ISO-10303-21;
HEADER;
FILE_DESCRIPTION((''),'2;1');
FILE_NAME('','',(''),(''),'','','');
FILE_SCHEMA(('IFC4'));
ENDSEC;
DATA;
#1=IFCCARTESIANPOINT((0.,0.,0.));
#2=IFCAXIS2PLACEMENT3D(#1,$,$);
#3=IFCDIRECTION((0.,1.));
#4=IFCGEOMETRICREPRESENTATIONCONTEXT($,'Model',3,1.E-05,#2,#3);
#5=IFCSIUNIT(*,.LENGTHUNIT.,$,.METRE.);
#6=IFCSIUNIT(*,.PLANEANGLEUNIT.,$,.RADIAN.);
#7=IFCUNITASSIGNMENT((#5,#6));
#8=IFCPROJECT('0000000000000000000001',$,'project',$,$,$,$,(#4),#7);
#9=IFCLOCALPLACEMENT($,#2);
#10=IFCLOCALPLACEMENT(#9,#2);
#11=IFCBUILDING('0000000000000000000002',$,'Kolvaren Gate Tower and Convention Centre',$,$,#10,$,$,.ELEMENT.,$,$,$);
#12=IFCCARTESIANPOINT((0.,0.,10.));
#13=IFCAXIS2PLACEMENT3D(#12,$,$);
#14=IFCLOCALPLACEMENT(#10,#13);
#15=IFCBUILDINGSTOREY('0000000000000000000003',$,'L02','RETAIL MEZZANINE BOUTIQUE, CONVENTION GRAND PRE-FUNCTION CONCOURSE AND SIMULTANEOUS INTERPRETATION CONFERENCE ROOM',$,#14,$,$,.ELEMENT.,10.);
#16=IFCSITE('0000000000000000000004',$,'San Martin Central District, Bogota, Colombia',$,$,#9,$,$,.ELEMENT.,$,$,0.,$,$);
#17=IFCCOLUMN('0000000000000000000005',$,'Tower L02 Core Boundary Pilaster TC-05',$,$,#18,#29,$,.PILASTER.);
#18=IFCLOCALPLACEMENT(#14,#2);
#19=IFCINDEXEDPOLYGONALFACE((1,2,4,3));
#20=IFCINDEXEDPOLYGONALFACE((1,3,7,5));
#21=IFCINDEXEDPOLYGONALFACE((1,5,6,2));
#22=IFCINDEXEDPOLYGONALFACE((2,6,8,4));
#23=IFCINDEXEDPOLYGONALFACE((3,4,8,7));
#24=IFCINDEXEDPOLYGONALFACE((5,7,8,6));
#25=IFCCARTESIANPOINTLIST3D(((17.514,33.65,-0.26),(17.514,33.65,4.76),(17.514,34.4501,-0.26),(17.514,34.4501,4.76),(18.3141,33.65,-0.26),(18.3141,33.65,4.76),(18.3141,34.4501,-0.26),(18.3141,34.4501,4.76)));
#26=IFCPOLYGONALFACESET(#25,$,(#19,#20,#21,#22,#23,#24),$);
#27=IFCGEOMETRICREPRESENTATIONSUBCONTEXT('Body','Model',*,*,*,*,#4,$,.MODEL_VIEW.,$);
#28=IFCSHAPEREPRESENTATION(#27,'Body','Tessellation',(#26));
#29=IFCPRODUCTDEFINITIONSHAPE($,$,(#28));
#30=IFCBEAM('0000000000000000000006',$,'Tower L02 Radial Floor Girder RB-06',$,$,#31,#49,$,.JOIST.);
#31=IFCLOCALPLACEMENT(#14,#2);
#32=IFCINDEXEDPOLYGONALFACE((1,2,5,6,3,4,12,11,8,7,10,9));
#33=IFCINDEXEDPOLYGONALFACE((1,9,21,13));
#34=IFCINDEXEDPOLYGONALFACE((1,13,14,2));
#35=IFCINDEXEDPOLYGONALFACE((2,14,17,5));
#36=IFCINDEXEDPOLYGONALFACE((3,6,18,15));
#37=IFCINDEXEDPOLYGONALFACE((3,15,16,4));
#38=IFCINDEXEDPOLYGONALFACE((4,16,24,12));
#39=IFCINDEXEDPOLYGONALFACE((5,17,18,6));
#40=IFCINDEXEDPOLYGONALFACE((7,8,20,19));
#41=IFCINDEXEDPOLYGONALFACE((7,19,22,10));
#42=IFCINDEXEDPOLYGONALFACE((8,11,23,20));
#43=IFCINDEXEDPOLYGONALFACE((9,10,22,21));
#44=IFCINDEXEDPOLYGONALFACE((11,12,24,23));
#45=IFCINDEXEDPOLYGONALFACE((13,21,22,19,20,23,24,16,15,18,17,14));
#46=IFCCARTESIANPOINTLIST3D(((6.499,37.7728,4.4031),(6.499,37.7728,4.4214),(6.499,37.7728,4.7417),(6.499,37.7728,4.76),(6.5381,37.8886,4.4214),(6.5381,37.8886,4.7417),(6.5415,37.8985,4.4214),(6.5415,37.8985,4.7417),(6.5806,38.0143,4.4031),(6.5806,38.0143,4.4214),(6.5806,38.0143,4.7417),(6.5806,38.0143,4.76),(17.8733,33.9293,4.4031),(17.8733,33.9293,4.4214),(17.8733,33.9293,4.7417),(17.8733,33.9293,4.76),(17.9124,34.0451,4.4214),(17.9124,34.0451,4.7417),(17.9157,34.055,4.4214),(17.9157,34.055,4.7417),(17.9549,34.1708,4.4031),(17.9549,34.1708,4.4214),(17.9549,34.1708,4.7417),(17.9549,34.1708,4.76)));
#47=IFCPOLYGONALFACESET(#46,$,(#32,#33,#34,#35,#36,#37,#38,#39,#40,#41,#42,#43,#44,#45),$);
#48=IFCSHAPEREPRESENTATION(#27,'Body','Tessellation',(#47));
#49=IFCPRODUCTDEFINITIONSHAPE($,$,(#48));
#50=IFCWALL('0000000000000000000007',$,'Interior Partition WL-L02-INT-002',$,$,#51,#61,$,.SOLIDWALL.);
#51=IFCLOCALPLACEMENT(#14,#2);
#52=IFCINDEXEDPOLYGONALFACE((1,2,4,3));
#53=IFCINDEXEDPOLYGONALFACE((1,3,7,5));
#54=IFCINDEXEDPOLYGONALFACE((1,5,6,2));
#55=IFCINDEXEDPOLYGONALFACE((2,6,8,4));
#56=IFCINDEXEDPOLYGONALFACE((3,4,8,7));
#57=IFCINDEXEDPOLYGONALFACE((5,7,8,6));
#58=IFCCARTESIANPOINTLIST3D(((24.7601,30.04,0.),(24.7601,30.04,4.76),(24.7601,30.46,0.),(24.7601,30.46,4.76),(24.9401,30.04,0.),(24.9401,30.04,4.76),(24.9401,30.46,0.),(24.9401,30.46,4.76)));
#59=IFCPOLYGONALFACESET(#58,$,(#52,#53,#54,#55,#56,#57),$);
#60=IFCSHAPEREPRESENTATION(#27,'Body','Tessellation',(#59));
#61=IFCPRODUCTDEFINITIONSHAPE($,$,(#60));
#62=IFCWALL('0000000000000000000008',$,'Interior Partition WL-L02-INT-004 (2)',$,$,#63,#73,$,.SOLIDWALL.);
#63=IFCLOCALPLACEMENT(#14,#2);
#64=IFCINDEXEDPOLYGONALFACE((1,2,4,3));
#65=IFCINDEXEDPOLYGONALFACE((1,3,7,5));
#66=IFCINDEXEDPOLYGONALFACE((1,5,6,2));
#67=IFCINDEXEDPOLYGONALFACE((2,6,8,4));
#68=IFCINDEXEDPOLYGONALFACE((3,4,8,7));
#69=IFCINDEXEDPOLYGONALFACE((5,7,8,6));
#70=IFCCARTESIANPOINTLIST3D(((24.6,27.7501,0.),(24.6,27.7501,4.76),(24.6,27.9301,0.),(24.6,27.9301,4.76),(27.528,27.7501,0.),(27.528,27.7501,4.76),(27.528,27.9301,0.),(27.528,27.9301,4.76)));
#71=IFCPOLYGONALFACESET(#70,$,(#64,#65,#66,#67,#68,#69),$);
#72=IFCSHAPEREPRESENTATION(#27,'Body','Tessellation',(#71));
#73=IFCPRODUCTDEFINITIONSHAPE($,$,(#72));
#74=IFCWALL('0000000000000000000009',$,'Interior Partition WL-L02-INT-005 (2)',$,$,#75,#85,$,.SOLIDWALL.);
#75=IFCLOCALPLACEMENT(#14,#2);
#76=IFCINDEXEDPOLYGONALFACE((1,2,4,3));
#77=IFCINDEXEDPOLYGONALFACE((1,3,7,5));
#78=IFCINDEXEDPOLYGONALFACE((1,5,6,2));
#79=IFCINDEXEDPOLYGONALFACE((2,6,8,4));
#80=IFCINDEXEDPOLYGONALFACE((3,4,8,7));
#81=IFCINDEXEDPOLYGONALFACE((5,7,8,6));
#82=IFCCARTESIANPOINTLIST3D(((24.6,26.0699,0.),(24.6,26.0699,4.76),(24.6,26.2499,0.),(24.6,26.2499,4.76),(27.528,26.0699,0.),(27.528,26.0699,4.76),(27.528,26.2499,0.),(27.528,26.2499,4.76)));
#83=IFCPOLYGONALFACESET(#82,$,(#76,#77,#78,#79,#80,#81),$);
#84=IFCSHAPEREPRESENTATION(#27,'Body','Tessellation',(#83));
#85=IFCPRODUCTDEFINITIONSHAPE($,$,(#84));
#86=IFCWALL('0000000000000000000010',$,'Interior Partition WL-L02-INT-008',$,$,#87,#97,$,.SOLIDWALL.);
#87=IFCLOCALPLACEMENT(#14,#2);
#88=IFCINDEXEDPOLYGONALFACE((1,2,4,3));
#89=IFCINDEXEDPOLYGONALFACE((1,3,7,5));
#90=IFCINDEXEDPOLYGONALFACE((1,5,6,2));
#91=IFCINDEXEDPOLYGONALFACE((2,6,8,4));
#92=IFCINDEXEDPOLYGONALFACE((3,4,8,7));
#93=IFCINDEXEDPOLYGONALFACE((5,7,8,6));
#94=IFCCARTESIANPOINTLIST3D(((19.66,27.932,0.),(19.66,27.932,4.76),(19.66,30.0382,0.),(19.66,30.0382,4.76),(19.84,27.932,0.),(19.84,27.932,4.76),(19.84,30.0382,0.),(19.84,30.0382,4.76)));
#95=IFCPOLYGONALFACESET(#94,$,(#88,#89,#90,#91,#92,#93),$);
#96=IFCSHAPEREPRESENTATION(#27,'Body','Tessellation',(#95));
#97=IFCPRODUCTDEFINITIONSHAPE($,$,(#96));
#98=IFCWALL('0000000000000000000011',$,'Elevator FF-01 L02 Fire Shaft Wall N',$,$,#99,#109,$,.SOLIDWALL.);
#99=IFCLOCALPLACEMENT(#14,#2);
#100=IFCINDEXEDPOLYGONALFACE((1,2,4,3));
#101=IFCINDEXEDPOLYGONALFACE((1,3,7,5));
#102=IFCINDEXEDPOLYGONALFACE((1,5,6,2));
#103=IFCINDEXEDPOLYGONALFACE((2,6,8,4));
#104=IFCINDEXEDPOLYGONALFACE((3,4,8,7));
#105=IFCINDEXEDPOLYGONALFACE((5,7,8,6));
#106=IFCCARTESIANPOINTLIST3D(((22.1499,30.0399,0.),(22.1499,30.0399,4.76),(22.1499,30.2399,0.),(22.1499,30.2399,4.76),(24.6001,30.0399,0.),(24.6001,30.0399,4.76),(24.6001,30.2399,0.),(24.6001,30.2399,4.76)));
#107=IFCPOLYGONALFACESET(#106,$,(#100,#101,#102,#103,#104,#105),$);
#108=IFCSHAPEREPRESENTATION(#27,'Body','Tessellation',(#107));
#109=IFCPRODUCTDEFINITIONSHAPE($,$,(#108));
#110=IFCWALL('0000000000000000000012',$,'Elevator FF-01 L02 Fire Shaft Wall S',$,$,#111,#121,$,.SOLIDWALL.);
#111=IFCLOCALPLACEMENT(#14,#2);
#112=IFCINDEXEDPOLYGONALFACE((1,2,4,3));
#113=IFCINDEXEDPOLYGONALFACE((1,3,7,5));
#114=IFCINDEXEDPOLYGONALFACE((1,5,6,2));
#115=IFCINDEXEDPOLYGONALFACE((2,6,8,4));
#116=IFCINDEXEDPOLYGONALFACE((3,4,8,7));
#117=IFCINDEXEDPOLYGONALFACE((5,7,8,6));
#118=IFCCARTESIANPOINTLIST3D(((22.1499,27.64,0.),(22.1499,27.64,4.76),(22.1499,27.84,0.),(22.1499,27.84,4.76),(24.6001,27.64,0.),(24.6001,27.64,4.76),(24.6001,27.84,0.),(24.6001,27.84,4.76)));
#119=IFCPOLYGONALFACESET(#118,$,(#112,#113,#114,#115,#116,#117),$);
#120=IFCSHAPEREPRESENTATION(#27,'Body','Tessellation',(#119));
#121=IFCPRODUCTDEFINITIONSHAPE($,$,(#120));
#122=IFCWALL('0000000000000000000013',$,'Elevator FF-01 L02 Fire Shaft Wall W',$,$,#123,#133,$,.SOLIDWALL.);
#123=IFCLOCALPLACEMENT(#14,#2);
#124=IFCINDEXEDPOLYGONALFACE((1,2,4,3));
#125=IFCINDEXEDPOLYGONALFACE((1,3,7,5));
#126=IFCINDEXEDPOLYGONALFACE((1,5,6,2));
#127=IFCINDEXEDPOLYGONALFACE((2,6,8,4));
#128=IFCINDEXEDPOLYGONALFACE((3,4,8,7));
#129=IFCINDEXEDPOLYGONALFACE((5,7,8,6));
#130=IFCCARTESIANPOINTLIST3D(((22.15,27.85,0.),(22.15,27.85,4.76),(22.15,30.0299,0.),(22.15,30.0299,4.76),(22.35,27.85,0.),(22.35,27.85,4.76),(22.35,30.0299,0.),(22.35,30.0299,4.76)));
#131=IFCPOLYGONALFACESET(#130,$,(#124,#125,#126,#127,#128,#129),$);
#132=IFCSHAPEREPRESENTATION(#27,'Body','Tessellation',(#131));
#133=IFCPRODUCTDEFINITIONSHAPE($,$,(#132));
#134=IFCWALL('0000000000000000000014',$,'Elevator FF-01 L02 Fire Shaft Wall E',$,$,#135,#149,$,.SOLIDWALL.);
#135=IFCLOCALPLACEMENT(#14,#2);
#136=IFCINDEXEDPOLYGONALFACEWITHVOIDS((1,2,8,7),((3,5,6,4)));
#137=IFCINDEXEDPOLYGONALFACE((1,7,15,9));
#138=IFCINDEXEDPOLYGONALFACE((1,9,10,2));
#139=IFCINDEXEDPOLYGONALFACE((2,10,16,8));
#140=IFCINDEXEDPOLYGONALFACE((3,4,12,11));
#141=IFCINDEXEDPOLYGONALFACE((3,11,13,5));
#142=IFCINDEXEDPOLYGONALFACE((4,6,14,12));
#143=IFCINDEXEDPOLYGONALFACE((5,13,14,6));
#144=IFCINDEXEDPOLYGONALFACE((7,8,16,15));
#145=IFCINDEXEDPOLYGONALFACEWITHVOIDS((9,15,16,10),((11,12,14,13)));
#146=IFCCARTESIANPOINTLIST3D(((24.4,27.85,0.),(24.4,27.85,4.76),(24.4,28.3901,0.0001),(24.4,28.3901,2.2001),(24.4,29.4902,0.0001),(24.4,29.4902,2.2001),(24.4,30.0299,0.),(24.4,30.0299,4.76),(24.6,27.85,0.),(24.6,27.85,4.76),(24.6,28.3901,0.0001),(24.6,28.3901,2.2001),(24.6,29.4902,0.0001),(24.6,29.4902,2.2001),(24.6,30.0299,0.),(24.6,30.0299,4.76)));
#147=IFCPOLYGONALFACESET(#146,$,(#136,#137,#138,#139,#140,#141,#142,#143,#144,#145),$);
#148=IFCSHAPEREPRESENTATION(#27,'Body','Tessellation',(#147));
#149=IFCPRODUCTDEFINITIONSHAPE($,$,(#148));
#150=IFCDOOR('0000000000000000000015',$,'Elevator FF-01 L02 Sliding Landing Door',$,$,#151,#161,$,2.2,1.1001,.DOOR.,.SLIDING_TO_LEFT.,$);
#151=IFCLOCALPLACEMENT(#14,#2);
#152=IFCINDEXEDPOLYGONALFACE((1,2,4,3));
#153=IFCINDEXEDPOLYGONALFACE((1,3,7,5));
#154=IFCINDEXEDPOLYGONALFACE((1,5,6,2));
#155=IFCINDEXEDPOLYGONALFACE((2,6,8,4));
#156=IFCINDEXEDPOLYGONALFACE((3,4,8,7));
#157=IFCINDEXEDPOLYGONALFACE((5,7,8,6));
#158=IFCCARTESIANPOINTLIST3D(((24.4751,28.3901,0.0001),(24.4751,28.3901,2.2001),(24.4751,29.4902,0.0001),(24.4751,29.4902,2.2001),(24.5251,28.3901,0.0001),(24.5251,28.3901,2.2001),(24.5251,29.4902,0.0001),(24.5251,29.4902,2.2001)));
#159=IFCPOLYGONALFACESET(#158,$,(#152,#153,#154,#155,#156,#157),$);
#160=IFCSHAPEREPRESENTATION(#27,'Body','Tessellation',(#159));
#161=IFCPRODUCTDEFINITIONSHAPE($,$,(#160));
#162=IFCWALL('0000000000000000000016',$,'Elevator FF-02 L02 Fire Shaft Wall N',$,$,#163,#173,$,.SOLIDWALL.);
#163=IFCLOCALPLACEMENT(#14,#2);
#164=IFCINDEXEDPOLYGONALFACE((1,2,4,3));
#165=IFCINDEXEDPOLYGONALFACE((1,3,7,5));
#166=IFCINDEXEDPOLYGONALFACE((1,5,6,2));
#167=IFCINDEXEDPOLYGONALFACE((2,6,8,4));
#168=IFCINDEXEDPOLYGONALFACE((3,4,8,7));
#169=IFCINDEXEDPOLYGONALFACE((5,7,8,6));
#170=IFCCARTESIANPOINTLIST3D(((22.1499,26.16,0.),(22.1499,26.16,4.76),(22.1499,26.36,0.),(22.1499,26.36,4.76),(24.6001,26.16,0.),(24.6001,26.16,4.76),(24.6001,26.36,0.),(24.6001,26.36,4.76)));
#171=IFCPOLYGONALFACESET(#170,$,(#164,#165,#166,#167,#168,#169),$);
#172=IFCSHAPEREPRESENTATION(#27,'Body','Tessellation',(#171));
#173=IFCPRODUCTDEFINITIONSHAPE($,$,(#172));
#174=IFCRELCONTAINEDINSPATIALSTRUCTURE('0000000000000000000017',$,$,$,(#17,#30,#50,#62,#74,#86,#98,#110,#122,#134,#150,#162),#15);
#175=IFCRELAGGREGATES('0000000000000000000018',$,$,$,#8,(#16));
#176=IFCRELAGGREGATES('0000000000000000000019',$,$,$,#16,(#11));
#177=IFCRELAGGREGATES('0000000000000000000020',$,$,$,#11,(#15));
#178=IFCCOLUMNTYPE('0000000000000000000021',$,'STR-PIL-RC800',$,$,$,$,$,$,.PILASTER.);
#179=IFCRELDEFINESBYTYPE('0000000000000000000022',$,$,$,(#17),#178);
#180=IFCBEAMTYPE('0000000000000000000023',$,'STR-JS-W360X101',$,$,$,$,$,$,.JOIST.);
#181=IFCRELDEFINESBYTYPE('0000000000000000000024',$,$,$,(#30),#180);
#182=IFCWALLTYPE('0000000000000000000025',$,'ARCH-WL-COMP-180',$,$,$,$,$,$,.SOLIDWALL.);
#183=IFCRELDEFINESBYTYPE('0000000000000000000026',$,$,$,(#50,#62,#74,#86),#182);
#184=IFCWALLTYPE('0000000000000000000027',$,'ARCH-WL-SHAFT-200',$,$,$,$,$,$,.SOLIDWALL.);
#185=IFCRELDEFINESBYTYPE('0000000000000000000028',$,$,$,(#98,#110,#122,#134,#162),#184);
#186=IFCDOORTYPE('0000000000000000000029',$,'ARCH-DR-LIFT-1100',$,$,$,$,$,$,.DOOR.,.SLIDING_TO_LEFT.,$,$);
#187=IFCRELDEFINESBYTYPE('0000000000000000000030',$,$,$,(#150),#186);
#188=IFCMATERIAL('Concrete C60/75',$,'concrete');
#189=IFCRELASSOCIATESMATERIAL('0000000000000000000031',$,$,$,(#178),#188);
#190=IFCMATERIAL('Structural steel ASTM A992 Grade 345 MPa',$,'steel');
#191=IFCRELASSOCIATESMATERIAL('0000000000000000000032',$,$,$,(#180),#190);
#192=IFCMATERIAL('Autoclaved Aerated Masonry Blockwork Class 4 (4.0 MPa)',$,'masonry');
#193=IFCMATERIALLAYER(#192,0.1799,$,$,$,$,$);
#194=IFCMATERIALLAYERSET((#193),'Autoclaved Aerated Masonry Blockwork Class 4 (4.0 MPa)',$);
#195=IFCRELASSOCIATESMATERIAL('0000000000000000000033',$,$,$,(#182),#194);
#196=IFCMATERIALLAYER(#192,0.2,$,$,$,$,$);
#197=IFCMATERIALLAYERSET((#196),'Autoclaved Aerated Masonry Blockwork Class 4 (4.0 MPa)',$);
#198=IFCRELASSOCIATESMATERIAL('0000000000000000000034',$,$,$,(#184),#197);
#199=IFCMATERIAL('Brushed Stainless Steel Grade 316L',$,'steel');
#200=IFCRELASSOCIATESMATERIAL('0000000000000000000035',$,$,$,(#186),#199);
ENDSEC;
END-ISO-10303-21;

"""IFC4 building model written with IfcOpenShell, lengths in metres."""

from ifc_helpers import new_model, si_unit, direction, frame, frame_2d, origin, origin_2d, place, context, subcontext, project, spatial, rectangle, i_section, extrude, material, layer, layer_set, material_profile, profile_set, type_object, element, fill, save


model = new_model("IFC4")

# Units and contexts
model_context = context("Model", 3, precision=1e-05, world=origin(), true_north=direction((0.0, 1.0)))
body_context = subcontext(model_context, "Body", "Model", "MODEL_VIEW")
ifc_project = project(units=[si_unit("LENGTHUNIT", "METRE"), si_unit("PLANEANGLEUNIT", "RADIAN")], contexts=[model_context])

# Site, building, storey
site_placement = place(None, origin())
site = spatial("IfcSite", under=ifc_project, at=site_placement, Name="San Martin Central District, Bogota, Colombia", CompositionType="ELEMENT", RefElevation=0.0)
building_placement = place(site_placement, origin())
building = spatial("IfcBuilding", under=site, at=building_placement, Name="Kolvaren Gate Tower and Convention Centre", CompositionType="ELEMENT")
storey_placement = place(building_placement, frame((0.0, 0.0, 10.0)))
storey = spatial("IfcBuildingStorey", under=building, at=storey_placement, Name="L02", Description="RETAIL MEZZANINE BOUTIQUE, CONVENTION GRAND PRE-FUNCTION CONCOURSE AND SIMULTANEOUS INTERPRETATION CONFERENCE ROOM", CompositionType="ELEMENT", Elevation=10.0)

# Column
ifc_material_1 = material(Name="Concrete C60/75", Category="concrete")
ifc_material_profile_1 = material_profile(ifc_material_1, rectangle(XDim=0.8, YDim=0.8, at=origin_2d()), Name="RC-COL-800X800")
ifc_profile_set_1 = profile_set([ifc_material_profile_1], Name="Concrete C60/75")
column_type = type_object("IfcColumnType", Name="STR-PIL-RC800", PredefinedType="PILASTER", material=ifc_profile_set_1)
column_placement = place(storey_placement, frame((17.9141, 34.05, -0.26), z_axis=(0.0, 0.0, 1.0), x_axis=(1.0, 0.0, 0.0)))
element("IfcColumn", 1, at=column_placement, inside=storey, type_object=column_type, Name="Tower L02 Core Boundary Pilaster TC-05", PredefinedType="PILASTER", context=body_context, shape_type="SweptSolid", body=[
    extrude(rectangle(XDim=0.8, YDim=0.8, at=origin_2d()), origin(), (0.0, 0.0, 1.0), 5.02),
])

# Beam
ifc_material_2 = material(Name="Structural steel ASTM A992 Grade 345 MPa", Category="steel")
ifc_material_profile_2 = material_profile(ifc_material_2, i_section(OverallWidth=0.2549, OverallDepth=0.3569, WebThickness=0.0105, FlangeThickness=0.0183, at=origin_2d()), Name="W360X101")
ifc_profile_set_2 = profile_set([ifc_material_profile_2], Name="Structural steel ASTM A992 Grade 345 MPa")
beam_type = type_object("IfcBeamType", Name="STR-JS-W360X101", PredefinedType="JOIST", material=ifc_profile_set_2)
beam_placement = place(storey_placement, frame((17.9141, 34.05, 4.5815), z_axis=(-0.947374, 0.320129, 0.0), x_axis=(-0.320129, -0.947374, 0.0)))
element("IfcBeam", 2, at=beam_placement, inside=storey, type_object=beam_type, Name="Tower L02 Radial Floor Girder RB-06", PredefinedType="JOIST", context=body_context, shape_type="SweptSolid", body=[
    extrude(i_section(OverallWidth=0.2549, OverallDepth=0.3569, WebThickness=0.0105, FlangeThickness=0.0183, at=origin_2d()), origin(), (0.0, 0.0, 1.0), 12.0061),
])

# Walls
ifc_material_3 = material(Name="Autoclaved Aerated Masonry Blockwork Class 4 (4.0 MPa)", Category="masonry")
ifc_layer_1 = layer(ifc_material_3, 0.1799)
ifc_layer_set_1 = layer_set([ifc_layer_1], Name="Autoclaved Aerated Masonry Blockwork Class 4 (4.0 MPa)")
wall_type_1 = type_object("IfcWallType", Name="ARCH-WL-COMP-180", PredefinedType="SOLIDWALL", material=ifc_layer_set_1)
wall_1_placement = place(storey_placement, frame((24.8501, 30.04, 0.0), z_axis=(0.0, 0.0, 1.0), x_axis=(0.0, 1.0, 0.0)))
element("IfcWall", 3, at=wall_1_placement, inside=storey, type_object=wall_type_1, Name="Interior Partition WL-L02-INT-002", PredefinedType="SOLIDWALL", context=body_context, shape_type="SweptSolid", body=[
    extrude(rectangle(XDim=0.4199, YDim=0.1799, at=frame_2d((0.21, 0.0))), origin(), (0.0, 0.0, 1.0), 4.76),
])
for number, where, z_axis, x_axis, name in (
    (4, (24.6001, 27.8401, 0.0), (0.0, 0.0, 1.0), (1.0, 0.0, 0.0), "Interior Partition WL-L02-INT-004 (2)"),
    (5, (24.6001, 26.1599, 0.0), (0.0, 0.0, 1.0), (1.0, 0.0, 0.0), "Interior Partition WL-L02-INT-005 (2)"),
):
    element("IfcWall", number, at=place(storey_placement, frame(where, z_axis=z_axis, x_axis=x_axis)), inside=storey, type_object=wall_type_1, Name=name, PredefinedType="SOLIDWALL", context=body_context, shape_type="SweptSolid", body=[
        extrude(rectangle(XDim=2.928, YDim=0.1799, at=frame_2d((1.4639, 0.0))), origin(), (0.0, 0.0, 1.0), 4.76),
    ])
wall_2_placement = place(storey_placement, frame((19.75, 27.9319, 0.0), z_axis=(0.0, 0.0, 1.0), x_axis=(0.0, 1.0, 0.0)))
element("IfcWall", 6, at=wall_2_placement, inside=storey, type_object=wall_type_1, Name="Interior Partition WL-L02-INT-008", PredefinedType="SOLIDWALL", context=body_context, shape_type="SweptSolid", body=[
    extrude(rectangle(XDim=2.1062, YDim=0.1799, at=frame_2d((1.0532, 0.0))), origin(), (0.0, 0.0, 1.0), 4.76),
])
ifc_layer_2 = layer(ifc_material_3, 0.2)
ifc_layer_set_2 = layer_set([ifc_layer_2], Name="Autoclaved Aerated Masonry Blockwork Class 4 (4.0 MPa)")
wall_type_2 = type_object("IfcWallType", Name="ARCH-WL-SHAFT-200", PredefinedType="SOLIDWALL", material=ifc_layer_set_2)
for number, where, z_axis, x_axis, name in (
    (7, (22.1499, 30.1399, 0.0), (0.0, 0.0, 1.0), (1.0, 0.0, 0.0), "Elevator FF-01 L02 Fire Shaft Wall N"),
    (8, (22.1499, 27.74, 0.0), (0.0, 0.0, 1.0), (1.0, 0.0, 0.0), "Elevator FF-01 L02 Fire Shaft Wall S"),
):
    element("IfcWall", number, at=place(storey_placement, frame(where, z_axis=z_axis, x_axis=x_axis)), inside=storey, type_object=wall_type_2, Name=name, PredefinedType="SOLIDWALL", context=body_context, shape_type="SweptSolid", body=[
        extrude(rectangle(XDim=2.4502, YDim=0.2, at=frame_2d((1.2251, 0.0))), origin(), (0.0, 0.0, 1.0), 4.76),
    ])
wall_3_placement = place(storey_placement, frame((22.25, 27.8501, 0.0), z_axis=(0.0, 0.0, 1.0), x_axis=(0.0, 1.0, 0.0)))
element("IfcWall", 9, at=wall_3_placement, inside=storey, type_object=wall_type_2, Name="Elevator FF-01 L02 Fire Shaft Wall W", PredefinedType="SOLIDWALL", context=body_context, shape_type="SweptSolid", body=[
    extrude(rectangle(XDim=2.1799, YDim=0.2, at=frame_2d((1.0898, 0.0))), origin(), (0.0, 0.0, 1.0), 4.76),
])

# Wall, opening, door
wall_4_placement = place(storey_placement, frame((24.5, 27.8501, 0.0), z_axis=(0.0, 0.0, 1.0), x_axis=(0.0, 1.0, 0.0)))
wall_4 = element("IfcWall", 10, at=wall_4_placement, inside=storey, type_object=wall_type_2, Name="Elevator FF-01 L02 Fire Shaft Wall E", PredefinedType="SOLIDWALL", context=body_context, shape_type="SweptSolid", body=[
    extrude(rectangle(XDim=2.1799, YDim=0.2, at=frame_2d((1.0898, 0.0))), origin(), (0.0, 0.0, 1.0), 4.76),
])
opening_1_placement = place(wall_4_placement, frame((0.54, 0.0, 0.0)))
opening_1 = element("IfcOpeningElement", 11, at=opening_1_placement, cuts=wall_4, PredefinedType="OPENING", context=body_context, shape_type="SweptSolid", body=[
    extrude(rectangle(XDim=1.1001, YDim=2.2, at=frame_2d((0.55, 1.1001))), frame((0.0, 0.1099, 0.0), z_axis=(0.0, -1.0, 0.0), x_axis=(1.0, 0.0, 0.0)), (0.0, 0.0, 1.0), 0.22),
])
ifc_material_4 = material(Name="Brushed Stainless Steel Grade 316L", Category="steel")
door_type_1 = type_object("IfcDoorType", Name="ARCH-DR-LIFT-1100", OperationType="SLIDING_TO_LEFT", PredefinedType="DOOR", material=ifc_material_4)
door_1_placement = place(opening_1_placement, origin())
door_1 = element("IfcDoor", 12, at=door_1_placement, inside=storey, type_object=door_type_1, Name="Elevator FF-01 L02 Sliding Landing Door", OperationType="SLIDING_TO_LEFT", OverallHeight=2.2, OverallWidth=1.1001, PredefinedType="DOOR", context=body_context, shape_type="SweptSolid", body=[
    extrude(rectangle(XDim=1.1001, YDim=2.2, at=frame_2d((0.55, 1.1001))), frame((0.0, 0.0249, 0.0), z_axis=(0.0, -1.0, 0.0), x_axis=(1.0, 0.0, 0.0)), (0.0, 0.0, 1.0), 0.05),
])
fill(opening_1, door_1)

# Wall
wall_5_placement = place(storey_placement, frame((22.1499, 26.26, 0.0), z_axis=(0.0, 0.0, 1.0), x_axis=(1.0, 0.0, 0.0)))
element("IfcWall", 13, at=wall_5_placement, inside=storey, type_object=wall_type_2, Name="Elevator FF-02 L02 Fire Shaft Wall N", PredefinedType="SOLIDWALL", context=body_context, shape_type="SweptSolid", body=[
    extrude(rectangle(XDim=2.4502, YDim=0.2, at=frame_2d((1.2251, 0.0))), origin(), (0.0, 0.0, 1.0), 4.76),
])

save(model, "model.ifc")
